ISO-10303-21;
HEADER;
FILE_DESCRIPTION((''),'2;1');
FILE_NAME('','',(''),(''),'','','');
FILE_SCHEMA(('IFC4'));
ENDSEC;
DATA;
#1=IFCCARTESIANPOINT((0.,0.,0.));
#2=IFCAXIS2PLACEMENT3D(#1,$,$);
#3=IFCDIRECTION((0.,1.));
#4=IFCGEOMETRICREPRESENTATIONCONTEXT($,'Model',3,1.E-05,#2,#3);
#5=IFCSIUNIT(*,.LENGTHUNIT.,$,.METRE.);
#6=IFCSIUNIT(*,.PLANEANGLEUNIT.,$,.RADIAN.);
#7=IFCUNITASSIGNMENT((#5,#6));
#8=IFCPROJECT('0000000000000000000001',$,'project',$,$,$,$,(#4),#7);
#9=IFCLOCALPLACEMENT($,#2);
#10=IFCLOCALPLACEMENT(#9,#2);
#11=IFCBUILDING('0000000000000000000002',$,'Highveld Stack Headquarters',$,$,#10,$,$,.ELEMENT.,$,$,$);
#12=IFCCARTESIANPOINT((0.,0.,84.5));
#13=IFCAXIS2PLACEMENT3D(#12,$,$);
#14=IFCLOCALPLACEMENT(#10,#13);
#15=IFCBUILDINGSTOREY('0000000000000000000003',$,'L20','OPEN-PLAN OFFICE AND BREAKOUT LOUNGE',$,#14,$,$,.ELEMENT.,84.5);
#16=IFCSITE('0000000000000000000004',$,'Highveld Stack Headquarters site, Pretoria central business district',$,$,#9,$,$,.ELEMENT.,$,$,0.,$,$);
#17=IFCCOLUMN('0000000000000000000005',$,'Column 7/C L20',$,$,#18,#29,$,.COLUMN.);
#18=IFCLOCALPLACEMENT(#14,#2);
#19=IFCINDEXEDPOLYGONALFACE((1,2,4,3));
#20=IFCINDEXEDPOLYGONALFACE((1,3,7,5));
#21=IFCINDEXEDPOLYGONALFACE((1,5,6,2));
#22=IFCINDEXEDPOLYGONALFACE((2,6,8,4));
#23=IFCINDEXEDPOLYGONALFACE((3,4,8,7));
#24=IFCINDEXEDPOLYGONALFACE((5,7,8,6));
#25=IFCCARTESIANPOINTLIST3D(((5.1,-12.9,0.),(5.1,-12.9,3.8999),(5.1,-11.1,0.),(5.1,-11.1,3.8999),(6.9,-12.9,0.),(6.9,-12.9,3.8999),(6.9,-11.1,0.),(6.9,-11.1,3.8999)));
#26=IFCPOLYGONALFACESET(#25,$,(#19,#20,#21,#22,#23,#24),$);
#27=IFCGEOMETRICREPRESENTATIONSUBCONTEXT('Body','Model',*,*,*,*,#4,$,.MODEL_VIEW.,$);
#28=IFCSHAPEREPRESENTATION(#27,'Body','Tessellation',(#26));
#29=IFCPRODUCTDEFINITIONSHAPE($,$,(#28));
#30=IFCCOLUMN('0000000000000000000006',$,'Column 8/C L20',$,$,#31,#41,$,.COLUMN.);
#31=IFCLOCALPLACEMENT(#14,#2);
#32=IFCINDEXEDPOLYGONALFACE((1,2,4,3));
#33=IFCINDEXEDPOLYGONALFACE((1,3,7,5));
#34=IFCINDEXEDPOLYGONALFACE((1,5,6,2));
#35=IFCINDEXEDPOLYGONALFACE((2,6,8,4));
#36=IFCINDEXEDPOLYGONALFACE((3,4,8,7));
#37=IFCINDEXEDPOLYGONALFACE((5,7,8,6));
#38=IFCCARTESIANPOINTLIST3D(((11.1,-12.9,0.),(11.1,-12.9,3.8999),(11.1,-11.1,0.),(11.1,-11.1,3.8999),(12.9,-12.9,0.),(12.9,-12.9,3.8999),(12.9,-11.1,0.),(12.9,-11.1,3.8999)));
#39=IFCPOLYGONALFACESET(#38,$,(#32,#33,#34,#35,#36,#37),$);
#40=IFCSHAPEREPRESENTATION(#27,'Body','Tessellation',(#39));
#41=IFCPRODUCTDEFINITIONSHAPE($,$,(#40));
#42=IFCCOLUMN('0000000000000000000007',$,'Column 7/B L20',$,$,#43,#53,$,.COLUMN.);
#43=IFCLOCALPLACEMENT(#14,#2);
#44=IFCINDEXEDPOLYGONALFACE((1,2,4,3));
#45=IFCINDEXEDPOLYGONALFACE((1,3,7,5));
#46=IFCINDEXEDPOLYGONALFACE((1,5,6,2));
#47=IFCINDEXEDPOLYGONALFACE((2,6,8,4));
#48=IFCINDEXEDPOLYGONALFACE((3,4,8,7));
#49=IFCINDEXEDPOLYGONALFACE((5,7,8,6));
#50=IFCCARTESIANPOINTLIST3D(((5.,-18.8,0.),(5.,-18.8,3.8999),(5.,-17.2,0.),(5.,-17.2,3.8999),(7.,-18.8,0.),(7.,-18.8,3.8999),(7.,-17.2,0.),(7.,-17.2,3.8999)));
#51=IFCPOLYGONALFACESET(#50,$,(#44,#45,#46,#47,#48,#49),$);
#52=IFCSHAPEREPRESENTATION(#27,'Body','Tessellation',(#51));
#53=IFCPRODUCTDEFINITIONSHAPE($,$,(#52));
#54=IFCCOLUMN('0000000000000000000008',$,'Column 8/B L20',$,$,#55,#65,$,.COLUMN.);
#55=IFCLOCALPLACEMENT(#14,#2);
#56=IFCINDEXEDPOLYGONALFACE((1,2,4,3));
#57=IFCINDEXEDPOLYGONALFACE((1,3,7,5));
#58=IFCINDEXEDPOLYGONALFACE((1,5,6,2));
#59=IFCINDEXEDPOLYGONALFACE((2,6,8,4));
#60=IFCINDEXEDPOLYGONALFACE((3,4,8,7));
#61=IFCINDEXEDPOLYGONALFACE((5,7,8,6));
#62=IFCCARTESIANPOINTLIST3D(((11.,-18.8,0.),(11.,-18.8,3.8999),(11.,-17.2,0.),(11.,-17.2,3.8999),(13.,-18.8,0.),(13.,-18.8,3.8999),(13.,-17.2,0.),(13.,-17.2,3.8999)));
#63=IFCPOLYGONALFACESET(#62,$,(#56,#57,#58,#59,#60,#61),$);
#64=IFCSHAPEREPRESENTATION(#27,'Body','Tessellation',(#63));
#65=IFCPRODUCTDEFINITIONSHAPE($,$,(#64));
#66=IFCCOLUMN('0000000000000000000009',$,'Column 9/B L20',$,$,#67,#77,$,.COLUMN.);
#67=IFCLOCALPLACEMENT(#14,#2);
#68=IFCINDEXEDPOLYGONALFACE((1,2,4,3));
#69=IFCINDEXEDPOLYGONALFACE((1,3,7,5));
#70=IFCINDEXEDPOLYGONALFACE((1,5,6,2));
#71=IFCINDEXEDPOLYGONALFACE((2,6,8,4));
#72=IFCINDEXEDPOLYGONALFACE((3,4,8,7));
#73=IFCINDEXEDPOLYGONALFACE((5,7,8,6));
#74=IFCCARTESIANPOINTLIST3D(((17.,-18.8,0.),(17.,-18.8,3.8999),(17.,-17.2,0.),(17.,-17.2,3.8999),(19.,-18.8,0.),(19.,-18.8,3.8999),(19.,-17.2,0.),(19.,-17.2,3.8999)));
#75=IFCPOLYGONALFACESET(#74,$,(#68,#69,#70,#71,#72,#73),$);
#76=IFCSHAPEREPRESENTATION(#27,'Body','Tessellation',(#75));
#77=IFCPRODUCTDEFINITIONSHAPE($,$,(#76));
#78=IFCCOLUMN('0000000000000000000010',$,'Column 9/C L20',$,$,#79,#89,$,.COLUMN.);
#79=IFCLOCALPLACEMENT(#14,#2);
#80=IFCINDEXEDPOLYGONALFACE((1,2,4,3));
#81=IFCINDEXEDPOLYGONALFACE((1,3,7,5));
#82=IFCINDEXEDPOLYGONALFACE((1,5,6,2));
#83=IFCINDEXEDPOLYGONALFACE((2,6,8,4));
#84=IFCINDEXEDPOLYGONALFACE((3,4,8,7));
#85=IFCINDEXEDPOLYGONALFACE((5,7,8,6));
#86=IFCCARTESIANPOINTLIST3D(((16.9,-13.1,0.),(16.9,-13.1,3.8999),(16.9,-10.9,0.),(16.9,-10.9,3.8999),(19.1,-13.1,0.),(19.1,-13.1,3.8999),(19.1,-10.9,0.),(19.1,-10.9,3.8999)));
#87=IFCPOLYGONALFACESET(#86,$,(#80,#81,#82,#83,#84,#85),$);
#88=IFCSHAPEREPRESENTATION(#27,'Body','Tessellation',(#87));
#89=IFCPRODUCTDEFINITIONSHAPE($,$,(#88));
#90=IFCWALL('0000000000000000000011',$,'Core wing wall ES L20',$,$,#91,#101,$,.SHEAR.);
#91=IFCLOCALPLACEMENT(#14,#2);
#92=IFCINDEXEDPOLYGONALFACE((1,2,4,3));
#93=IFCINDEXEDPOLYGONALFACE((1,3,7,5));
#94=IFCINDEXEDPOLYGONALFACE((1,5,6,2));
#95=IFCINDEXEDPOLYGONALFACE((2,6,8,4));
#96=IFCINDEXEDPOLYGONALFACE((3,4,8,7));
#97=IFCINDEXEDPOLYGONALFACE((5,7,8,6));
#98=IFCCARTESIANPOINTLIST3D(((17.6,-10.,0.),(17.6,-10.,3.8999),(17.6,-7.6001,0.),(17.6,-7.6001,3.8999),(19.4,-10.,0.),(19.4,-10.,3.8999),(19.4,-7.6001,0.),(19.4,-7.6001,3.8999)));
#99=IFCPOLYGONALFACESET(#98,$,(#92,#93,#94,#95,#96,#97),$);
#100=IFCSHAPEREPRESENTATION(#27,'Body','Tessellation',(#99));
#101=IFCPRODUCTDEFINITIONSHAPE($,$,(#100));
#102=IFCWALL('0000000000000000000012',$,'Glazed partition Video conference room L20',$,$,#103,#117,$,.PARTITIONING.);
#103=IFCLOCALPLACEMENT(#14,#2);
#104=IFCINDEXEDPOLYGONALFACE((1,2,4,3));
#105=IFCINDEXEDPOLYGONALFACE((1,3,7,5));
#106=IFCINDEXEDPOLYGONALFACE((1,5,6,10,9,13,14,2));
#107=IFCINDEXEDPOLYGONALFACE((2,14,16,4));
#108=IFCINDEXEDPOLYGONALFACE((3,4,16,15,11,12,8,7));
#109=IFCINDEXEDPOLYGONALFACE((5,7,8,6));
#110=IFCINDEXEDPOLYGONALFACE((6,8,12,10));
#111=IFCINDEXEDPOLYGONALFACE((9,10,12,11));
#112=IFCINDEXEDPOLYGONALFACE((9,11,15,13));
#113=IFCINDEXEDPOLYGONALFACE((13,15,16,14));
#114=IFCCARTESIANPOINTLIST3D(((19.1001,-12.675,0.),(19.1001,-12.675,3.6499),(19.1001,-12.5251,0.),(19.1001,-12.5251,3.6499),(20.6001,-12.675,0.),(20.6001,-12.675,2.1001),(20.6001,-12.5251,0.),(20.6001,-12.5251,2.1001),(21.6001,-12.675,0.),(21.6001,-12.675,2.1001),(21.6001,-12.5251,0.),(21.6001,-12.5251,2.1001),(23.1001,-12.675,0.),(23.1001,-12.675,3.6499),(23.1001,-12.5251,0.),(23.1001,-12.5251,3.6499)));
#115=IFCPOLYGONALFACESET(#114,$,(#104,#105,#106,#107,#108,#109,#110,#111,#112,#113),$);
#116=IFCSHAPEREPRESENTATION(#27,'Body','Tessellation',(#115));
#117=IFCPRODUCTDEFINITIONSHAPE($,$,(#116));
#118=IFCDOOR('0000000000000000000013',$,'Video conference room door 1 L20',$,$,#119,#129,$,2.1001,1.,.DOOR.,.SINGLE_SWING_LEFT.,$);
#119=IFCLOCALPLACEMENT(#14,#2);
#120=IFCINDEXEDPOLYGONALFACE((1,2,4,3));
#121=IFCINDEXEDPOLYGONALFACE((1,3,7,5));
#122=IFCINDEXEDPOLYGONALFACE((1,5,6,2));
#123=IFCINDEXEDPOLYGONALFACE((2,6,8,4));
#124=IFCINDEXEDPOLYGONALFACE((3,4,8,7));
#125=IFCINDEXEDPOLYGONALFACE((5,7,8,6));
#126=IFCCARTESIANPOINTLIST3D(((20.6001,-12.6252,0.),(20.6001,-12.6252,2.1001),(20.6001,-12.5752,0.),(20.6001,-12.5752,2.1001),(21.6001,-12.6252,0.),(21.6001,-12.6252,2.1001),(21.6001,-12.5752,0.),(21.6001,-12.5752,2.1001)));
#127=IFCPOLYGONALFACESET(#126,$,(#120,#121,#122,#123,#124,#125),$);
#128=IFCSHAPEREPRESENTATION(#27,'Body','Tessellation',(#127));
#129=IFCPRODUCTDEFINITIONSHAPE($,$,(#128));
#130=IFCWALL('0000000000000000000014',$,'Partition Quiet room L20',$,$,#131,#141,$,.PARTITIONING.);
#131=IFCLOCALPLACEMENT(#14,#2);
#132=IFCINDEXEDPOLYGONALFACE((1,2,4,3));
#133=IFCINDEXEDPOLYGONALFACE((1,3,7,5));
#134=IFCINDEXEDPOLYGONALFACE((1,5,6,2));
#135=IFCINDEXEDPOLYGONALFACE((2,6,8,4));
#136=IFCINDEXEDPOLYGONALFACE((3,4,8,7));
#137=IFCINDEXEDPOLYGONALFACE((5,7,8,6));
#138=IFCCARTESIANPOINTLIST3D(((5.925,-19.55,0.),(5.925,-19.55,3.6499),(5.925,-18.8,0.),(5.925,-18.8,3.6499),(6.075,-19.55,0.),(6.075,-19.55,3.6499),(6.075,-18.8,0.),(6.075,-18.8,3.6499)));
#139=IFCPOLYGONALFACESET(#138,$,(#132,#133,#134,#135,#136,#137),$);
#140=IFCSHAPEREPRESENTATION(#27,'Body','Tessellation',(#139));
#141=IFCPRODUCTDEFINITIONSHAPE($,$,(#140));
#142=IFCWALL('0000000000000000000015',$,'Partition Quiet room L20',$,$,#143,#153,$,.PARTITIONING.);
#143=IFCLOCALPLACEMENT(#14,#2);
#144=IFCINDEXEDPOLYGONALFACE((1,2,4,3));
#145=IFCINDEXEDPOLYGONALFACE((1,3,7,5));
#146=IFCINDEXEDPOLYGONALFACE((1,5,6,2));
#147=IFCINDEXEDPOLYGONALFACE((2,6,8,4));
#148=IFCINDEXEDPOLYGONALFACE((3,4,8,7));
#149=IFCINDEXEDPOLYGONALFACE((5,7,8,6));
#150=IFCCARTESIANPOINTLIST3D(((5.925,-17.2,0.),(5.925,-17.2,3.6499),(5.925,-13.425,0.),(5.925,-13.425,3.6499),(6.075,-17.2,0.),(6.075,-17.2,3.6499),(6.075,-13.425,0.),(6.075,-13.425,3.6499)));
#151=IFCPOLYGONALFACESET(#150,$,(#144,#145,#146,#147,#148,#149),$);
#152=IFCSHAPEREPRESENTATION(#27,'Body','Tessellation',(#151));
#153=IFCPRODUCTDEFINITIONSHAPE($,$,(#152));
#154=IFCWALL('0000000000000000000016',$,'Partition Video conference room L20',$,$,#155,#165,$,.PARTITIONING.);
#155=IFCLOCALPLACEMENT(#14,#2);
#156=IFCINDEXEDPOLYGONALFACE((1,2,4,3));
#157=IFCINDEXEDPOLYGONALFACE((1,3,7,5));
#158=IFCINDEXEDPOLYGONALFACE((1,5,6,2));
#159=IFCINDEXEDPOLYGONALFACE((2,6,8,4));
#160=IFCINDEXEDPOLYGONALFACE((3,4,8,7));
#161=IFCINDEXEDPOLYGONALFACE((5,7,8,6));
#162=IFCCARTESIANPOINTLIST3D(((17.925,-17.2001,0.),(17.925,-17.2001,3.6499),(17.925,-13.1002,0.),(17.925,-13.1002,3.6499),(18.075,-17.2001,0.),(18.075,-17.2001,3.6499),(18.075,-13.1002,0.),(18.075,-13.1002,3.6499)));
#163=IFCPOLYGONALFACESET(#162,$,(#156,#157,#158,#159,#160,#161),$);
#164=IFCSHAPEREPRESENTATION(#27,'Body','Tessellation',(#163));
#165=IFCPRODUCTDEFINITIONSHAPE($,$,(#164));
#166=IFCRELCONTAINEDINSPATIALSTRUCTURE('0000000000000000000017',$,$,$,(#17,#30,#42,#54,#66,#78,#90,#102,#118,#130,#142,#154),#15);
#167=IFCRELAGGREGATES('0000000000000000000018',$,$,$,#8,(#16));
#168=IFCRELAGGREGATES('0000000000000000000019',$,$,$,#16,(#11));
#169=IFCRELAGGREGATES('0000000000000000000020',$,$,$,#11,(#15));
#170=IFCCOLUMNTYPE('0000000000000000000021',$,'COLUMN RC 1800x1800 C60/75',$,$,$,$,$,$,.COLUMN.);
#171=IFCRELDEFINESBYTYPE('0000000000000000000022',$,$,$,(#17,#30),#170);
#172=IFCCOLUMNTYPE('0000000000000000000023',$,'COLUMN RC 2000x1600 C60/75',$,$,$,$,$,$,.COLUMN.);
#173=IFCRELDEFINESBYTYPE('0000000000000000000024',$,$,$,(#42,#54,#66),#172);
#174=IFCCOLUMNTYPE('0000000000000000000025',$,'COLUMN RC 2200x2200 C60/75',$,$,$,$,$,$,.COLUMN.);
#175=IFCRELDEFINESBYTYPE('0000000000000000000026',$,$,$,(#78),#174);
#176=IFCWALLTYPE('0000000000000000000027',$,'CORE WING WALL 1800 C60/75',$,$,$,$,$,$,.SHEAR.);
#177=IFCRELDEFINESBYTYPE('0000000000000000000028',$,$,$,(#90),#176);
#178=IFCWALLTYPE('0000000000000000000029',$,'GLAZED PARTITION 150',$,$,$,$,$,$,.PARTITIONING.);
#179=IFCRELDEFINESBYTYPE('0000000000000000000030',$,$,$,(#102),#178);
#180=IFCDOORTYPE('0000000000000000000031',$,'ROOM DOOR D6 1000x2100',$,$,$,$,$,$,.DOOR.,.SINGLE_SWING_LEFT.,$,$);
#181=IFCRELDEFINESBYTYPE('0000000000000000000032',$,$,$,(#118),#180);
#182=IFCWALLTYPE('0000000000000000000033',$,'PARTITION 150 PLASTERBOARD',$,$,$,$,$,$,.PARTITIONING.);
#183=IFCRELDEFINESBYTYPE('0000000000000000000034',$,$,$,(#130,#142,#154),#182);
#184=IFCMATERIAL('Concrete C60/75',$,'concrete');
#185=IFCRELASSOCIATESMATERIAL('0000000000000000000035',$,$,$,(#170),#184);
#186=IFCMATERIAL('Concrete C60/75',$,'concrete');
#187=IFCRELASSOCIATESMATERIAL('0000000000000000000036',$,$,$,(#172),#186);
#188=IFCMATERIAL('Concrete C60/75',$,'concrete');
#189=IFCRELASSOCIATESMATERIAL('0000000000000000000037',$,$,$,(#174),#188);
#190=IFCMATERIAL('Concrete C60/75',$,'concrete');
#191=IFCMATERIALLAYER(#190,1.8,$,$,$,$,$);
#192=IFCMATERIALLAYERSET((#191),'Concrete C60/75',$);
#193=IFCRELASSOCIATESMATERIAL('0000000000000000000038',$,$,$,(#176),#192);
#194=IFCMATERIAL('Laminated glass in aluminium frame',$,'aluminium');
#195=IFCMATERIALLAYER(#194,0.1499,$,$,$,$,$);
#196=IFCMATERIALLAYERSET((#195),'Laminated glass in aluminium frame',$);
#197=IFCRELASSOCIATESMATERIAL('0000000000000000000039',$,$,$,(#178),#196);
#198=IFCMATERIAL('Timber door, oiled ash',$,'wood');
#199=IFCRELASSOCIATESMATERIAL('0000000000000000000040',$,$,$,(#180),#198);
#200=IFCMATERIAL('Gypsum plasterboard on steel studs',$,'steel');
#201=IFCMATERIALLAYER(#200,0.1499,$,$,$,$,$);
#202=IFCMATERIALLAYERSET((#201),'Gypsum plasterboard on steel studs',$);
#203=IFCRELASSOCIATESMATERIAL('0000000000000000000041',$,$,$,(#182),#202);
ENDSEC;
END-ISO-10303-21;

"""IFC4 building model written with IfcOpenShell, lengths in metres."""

from ifc_helpers import new_model, si_unit, direction, frame, frame_2d, origin, origin_2d, place, context, subcontext, project, spatial, rectangle, extrude, material, layer, layer_set, material_profile, profile_set, type_object, element, fill, save


model = new_model("IFC4")

# Units and contexts
model_context = context("Model", 3, precision=1e-05, world=origin(), true_north=direction((0.0, 1.0)))
body_context = subcontext(model_context, "Body", "Model", "MODEL_VIEW")
ifc_project = project(units=[si_unit("LENGTHUNIT", "METRE"), si_unit("PLANEANGLEUNIT", "RADIAN")], contexts=[model_context])

# Site, building, storey
site_placement = place(None, origin())
site = spatial("IfcSite", under=ifc_project, at=site_placement, Name="Highveld Stack Headquarters site, Pretoria central business district", CompositionType="ELEMENT", RefElevation=0.0)
building_placement = place(site_placement, origin())
building = spatial("IfcBuilding", under=site, at=building_placement, Name="Highveld Stack Headquarters", CompositionType="ELEMENT")
storey_placement = place(building_placement, frame((0.0, 0.0, 84.5)))
storey = spatial("IfcBuildingStorey", under=building, at=storey_placement, Name="L20", Description="OPEN-PLAN OFFICE AND BREAKOUT LOUNGE", CompositionType="ELEMENT", Elevation=84.5)

# Columns
ifc_material_1 = material(Name="Concrete C60/75", Category="concrete")
ifc_material_profile_1 = material_profile(ifc_material_1, rectangle(XDim=1.8, YDim=1.8, at=origin_2d()), Name="RC 1800x1800")
ifc_profile_set_1 = profile_set([ifc_material_profile_1], Name="Concrete C60/75")
column_type_1 = type_object("IfcColumnType", Name="COLUMN RC 1800x1800 C60/75", PredefinedType="COLUMN", material=ifc_profile_set_1)
for number, where, z_axis, x_axis, name in (
    (1, (6.0, -12.0, 0.0), (0.0, 0.0, 1.0), (1.0, 0.0, 0.0), "Column 7/C L20"),
    (2, (12.0, -12.0, 0.0), (0.0, 0.0, 1.0), (1.0, 0.0, 0.0), "Column 8/C L20"),
):
    element("IfcColumn", number, at=place(storey_placement, frame(where, z_axis=z_axis, x_axis=x_axis)), inside=storey, type_object=column_type_1, Name=name, PredefinedType="COLUMN", context=body_context, shape_type="SweptSolid", body=[
        extrude(rectangle(XDim=1.8, YDim=1.8, at=origin_2d()), origin(), (0.0, 0.0, 1.0), 3.8999),
    ])
ifc_material_2 = material(Name="Concrete C60/75", Category="concrete")
ifc_material_profile_2 = material_profile(ifc_material_2, rectangle(XDim=2.0, YDim=1.6001, at=origin_2d()), Name="RC 2000x1600")
ifc_profile_set_2 = profile_set([ifc_material_profile_2], Name="Concrete C60/75")
column_type_2 = type_object("IfcColumnType", Name="COLUMN RC 2000x1600 C60/75", PredefinedType="COLUMN", material=ifc_profile_set_2)
for number, where, z_axis, x_axis, name in (
    (3, (6.0, -18.0, 0.0), (0.0, 0.0, 1.0), (1.0, 0.0, 0.0), "Column 7/B L20"),
    (4, (12.0, -18.0, 0.0), (0.0, 0.0, 1.0), (1.0, 0.0, 0.0), "Column 8/B L20"),
    (5, (18.0, -18.0, 0.0), (0.0, 0.0, 1.0), (1.0, 0.0, 0.0), "Column 9/B L20"),
):
    element("IfcColumn", number, at=place(storey_placement, frame(where, z_axis=z_axis, x_axis=x_axis)), inside=storey, type_object=column_type_2, Name=name, PredefinedType="COLUMN", context=body_context, shape_type="SweptSolid", body=[
        extrude(rectangle(XDim=2.0, YDim=1.6001, at=origin_2d()), origin(), (0.0, 0.0, 1.0), 3.8999),
    ])
ifc_material_3 = material(Name="Concrete C60/75", Category="concrete")
ifc_material_profile_3 = material_profile(ifc_material_3, rectangle(XDim=2.2, YDim=2.2, at=origin_2d()), Name="RC 2200x2200")
ifc_profile_set_3 = profile_set([ifc_material_profile_3], Name="Concrete C60/75")
column_type_3 = type_object("IfcColumnType", Name="COLUMN RC 2200x2200 C60/75", PredefinedType="COLUMN", material=ifc_profile_set_3)
column_placement = place(storey_placement, frame((18.0, -12.0, 0.0), z_axis=(0.0, 0.0, 1.0), x_axis=(1.0, 0.0, 0.0)))
element("IfcColumn", 6, at=column_placement, inside=storey, type_object=column_type_3, Name="Column 9/C L20", PredefinedType="COLUMN", context=body_context, shape_type="SweptSolid", body=[
    extrude(rectangle(XDim=2.2, YDim=2.2, at=origin_2d()), origin(), (0.0, 0.0, 1.0), 3.8999),
])

# Wall
ifc_material_4 = material(Name="Concrete C60/75", Category="concrete")
ifc_layer_1 = layer(ifc_material_4, 1.8)
ifc_layer_set_1 = layer_set([ifc_layer_1], Name="Concrete C60/75")
wall_type_1 = type_object("IfcWallType", Name="CORE WING WALL 1800 C60/75", PredefinedType="SHEAR", material=ifc_layer_set_1)
wall_1_placement = place(storey_placement, frame((18.5, -10.0, 0.0), z_axis=(0.0, 0.0, 1.0), x_axis=(0.0, 1.0, 0.0)))
element("IfcWall", 7, at=wall_1_placement, inside=storey, type_object=wall_type_1, Name="Core wing wall ES L20", PredefinedType="SHEAR", context=body_context, shape_type="SweptSolid", body=[
    extrude(rectangle(XDim=2.3999, YDim=1.8, at=frame_2d((1.2, 0.0))), origin(), (0.0, 0.0, 1.0), 3.8999),
])

# Wall, opening, door
ifc_material_5 = material(Name="Laminated glass in aluminium frame", Category="aluminium")
ifc_layer_2 = layer(ifc_material_5, 0.1499)
ifc_layer_set_2 = layer_set([ifc_layer_2], Name="Laminated glass in aluminium frame")
wall_type_2 = type_object("IfcWallType", Name="GLAZED PARTITION 150", PredefinedType="PARTITIONING", material=ifc_layer_set_2)
wall_2_placement = place(storey_placement, frame((19.1001, -12.6001, 0.0), z_axis=(0.0, 0.0, 1.0), x_axis=(1.0, 0.0, 0.0)))
wall_2 = element("IfcWall", 8, at=wall_2_placement, inside=storey, type_object=wall_type_2, Name="Glazed partition Video conference room L20", PredefinedType="PARTITIONING", context=body_context, shape_type="SweptSolid", body=[
    extrude(rectangle(XDim=4.0, YDim=0.1499, at=frame_2d((2.0, 0.0))), origin(), (0.0, 0.0, 1.0), 3.6499),
])
opening_1_placement = place(wall_2_placement, frame((1.5, 0.0, 0.0)))
opening_1 = element("IfcOpeningElement", 9, at=opening_1_placement, cuts=wall_2, PredefinedType="OPENING", context=body_context, shape_type="SweptSolid", body=[
    extrude(rectangle(XDim=1.0, YDim=2.1001, at=frame_2d((0.5, 1.05))), frame((0.0, 0.085, 0.0), z_axis=(0.0, -1.0, 0.0), x_axis=(1.0, 0.0, 0.0)), (0.0, 0.0, 1.0), 0.1699),
])
ifc_material_6 = material(Name="Timber door, oiled ash", Category="wood")
door_type = type_object("IfcDoorType", Name="ROOM DOOR D6 1000x2100", OperationType="SINGLE_SWING_LEFT", PredefinedType="DOOR", material=ifc_material_6)
door_1_placement = place(opening_1_placement, origin())
door_1 = element("IfcDoor", 10, at=door_1_placement, inside=storey, type_object=door_type, Name="Video conference room door 1 L20", OperationType="SINGLE_SWING_LEFT", OverallHeight=2.1001, OverallWidth=1.0, PredefinedType="DOOR", context=body_context, shape_type="SweptSolid", body=[
    extrude(rectangle(XDim=1.0, YDim=2.1001, at=frame_2d((0.5, 1.05))), frame((0.0, 0.0249, 0.0), z_axis=(0.0, -1.0, 0.0), x_axis=(1.0, 0.0, 0.0)), (0.0, 0.0, 1.0), 0.05),
])
fill(opening_1, door_1)

# Walls
ifc_material_7 = material(Name="Gypsum plasterboard on steel studs", Category="steel")
ifc_layer_3 = layer(ifc_material_7, 0.1499)
ifc_layer_set_3 = layer_set([ifc_layer_3], Name="Gypsum plasterboard on steel studs")
wall_type_3 = type_object("IfcWallType", Name="PARTITION 150 PLASTERBOARD", PredefinedType="PARTITIONING", material=ifc_layer_set_3)
wall_3_placement = place(storey_placement, frame((6.0, -19.55, 0.0), z_axis=(0.0, 0.0, 1.0), x_axis=(0.0, 1.0, 0.0)))
element("IfcWall", 11, at=wall_3_placement, inside=storey, type_object=wall_type_3, Name="Partition Quiet room L20", PredefinedType="PARTITIONING", context=body_context, shape_type="SweptSolid", body=[
    extrude(rectangle(XDim=0.75, YDim=0.1499, at=frame_2d((0.375, 0.0))), origin(), (0.0, 0.0, 1.0), 3.6499),
])
wall_4_placement = place(storey_placement, frame((6.0, -17.2, 0.0), z_axis=(0.0, 0.0, 1.0), x_axis=(0.0, 1.0, 0.0)))
element("IfcWall", 12, at=wall_4_placement, inside=storey, type_object=wall_type_3, Name="Partition Quiet room L20", PredefinedType="PARTITIONING", context=body_context, shape_type="SweptSolid", body=[
    extrude(rectangle(XDim=3.7749, YDim=0.1499, at=frame_2d((1.8875, 0.0))), origin(), (0.0, 0.0, 1.0), 3.6499),
])
wall_5_placement = place(storey_placement, frame((18.0, -17.2, 0.0), z_axis=(0.0, 0.0, 1.0), x_axis=(0.0, 1.0, 0.0)))
element("IfcWall", 13, at=wall_5_placement, inside=storey, type_object=wall_type_3, Name="Partition Video conference room L20", PredefinedType="PARTITIONING", context=body_context, shape_type="SweptSolid", body=[
    extrude(rectangle(XDim=4.0999, YDim=0.1499, at=frame_2d((2.0498, 0.0))), origin(), (0.0, 0.0, 1.0), 3.6499),
])

save(model, "model.ifc")
